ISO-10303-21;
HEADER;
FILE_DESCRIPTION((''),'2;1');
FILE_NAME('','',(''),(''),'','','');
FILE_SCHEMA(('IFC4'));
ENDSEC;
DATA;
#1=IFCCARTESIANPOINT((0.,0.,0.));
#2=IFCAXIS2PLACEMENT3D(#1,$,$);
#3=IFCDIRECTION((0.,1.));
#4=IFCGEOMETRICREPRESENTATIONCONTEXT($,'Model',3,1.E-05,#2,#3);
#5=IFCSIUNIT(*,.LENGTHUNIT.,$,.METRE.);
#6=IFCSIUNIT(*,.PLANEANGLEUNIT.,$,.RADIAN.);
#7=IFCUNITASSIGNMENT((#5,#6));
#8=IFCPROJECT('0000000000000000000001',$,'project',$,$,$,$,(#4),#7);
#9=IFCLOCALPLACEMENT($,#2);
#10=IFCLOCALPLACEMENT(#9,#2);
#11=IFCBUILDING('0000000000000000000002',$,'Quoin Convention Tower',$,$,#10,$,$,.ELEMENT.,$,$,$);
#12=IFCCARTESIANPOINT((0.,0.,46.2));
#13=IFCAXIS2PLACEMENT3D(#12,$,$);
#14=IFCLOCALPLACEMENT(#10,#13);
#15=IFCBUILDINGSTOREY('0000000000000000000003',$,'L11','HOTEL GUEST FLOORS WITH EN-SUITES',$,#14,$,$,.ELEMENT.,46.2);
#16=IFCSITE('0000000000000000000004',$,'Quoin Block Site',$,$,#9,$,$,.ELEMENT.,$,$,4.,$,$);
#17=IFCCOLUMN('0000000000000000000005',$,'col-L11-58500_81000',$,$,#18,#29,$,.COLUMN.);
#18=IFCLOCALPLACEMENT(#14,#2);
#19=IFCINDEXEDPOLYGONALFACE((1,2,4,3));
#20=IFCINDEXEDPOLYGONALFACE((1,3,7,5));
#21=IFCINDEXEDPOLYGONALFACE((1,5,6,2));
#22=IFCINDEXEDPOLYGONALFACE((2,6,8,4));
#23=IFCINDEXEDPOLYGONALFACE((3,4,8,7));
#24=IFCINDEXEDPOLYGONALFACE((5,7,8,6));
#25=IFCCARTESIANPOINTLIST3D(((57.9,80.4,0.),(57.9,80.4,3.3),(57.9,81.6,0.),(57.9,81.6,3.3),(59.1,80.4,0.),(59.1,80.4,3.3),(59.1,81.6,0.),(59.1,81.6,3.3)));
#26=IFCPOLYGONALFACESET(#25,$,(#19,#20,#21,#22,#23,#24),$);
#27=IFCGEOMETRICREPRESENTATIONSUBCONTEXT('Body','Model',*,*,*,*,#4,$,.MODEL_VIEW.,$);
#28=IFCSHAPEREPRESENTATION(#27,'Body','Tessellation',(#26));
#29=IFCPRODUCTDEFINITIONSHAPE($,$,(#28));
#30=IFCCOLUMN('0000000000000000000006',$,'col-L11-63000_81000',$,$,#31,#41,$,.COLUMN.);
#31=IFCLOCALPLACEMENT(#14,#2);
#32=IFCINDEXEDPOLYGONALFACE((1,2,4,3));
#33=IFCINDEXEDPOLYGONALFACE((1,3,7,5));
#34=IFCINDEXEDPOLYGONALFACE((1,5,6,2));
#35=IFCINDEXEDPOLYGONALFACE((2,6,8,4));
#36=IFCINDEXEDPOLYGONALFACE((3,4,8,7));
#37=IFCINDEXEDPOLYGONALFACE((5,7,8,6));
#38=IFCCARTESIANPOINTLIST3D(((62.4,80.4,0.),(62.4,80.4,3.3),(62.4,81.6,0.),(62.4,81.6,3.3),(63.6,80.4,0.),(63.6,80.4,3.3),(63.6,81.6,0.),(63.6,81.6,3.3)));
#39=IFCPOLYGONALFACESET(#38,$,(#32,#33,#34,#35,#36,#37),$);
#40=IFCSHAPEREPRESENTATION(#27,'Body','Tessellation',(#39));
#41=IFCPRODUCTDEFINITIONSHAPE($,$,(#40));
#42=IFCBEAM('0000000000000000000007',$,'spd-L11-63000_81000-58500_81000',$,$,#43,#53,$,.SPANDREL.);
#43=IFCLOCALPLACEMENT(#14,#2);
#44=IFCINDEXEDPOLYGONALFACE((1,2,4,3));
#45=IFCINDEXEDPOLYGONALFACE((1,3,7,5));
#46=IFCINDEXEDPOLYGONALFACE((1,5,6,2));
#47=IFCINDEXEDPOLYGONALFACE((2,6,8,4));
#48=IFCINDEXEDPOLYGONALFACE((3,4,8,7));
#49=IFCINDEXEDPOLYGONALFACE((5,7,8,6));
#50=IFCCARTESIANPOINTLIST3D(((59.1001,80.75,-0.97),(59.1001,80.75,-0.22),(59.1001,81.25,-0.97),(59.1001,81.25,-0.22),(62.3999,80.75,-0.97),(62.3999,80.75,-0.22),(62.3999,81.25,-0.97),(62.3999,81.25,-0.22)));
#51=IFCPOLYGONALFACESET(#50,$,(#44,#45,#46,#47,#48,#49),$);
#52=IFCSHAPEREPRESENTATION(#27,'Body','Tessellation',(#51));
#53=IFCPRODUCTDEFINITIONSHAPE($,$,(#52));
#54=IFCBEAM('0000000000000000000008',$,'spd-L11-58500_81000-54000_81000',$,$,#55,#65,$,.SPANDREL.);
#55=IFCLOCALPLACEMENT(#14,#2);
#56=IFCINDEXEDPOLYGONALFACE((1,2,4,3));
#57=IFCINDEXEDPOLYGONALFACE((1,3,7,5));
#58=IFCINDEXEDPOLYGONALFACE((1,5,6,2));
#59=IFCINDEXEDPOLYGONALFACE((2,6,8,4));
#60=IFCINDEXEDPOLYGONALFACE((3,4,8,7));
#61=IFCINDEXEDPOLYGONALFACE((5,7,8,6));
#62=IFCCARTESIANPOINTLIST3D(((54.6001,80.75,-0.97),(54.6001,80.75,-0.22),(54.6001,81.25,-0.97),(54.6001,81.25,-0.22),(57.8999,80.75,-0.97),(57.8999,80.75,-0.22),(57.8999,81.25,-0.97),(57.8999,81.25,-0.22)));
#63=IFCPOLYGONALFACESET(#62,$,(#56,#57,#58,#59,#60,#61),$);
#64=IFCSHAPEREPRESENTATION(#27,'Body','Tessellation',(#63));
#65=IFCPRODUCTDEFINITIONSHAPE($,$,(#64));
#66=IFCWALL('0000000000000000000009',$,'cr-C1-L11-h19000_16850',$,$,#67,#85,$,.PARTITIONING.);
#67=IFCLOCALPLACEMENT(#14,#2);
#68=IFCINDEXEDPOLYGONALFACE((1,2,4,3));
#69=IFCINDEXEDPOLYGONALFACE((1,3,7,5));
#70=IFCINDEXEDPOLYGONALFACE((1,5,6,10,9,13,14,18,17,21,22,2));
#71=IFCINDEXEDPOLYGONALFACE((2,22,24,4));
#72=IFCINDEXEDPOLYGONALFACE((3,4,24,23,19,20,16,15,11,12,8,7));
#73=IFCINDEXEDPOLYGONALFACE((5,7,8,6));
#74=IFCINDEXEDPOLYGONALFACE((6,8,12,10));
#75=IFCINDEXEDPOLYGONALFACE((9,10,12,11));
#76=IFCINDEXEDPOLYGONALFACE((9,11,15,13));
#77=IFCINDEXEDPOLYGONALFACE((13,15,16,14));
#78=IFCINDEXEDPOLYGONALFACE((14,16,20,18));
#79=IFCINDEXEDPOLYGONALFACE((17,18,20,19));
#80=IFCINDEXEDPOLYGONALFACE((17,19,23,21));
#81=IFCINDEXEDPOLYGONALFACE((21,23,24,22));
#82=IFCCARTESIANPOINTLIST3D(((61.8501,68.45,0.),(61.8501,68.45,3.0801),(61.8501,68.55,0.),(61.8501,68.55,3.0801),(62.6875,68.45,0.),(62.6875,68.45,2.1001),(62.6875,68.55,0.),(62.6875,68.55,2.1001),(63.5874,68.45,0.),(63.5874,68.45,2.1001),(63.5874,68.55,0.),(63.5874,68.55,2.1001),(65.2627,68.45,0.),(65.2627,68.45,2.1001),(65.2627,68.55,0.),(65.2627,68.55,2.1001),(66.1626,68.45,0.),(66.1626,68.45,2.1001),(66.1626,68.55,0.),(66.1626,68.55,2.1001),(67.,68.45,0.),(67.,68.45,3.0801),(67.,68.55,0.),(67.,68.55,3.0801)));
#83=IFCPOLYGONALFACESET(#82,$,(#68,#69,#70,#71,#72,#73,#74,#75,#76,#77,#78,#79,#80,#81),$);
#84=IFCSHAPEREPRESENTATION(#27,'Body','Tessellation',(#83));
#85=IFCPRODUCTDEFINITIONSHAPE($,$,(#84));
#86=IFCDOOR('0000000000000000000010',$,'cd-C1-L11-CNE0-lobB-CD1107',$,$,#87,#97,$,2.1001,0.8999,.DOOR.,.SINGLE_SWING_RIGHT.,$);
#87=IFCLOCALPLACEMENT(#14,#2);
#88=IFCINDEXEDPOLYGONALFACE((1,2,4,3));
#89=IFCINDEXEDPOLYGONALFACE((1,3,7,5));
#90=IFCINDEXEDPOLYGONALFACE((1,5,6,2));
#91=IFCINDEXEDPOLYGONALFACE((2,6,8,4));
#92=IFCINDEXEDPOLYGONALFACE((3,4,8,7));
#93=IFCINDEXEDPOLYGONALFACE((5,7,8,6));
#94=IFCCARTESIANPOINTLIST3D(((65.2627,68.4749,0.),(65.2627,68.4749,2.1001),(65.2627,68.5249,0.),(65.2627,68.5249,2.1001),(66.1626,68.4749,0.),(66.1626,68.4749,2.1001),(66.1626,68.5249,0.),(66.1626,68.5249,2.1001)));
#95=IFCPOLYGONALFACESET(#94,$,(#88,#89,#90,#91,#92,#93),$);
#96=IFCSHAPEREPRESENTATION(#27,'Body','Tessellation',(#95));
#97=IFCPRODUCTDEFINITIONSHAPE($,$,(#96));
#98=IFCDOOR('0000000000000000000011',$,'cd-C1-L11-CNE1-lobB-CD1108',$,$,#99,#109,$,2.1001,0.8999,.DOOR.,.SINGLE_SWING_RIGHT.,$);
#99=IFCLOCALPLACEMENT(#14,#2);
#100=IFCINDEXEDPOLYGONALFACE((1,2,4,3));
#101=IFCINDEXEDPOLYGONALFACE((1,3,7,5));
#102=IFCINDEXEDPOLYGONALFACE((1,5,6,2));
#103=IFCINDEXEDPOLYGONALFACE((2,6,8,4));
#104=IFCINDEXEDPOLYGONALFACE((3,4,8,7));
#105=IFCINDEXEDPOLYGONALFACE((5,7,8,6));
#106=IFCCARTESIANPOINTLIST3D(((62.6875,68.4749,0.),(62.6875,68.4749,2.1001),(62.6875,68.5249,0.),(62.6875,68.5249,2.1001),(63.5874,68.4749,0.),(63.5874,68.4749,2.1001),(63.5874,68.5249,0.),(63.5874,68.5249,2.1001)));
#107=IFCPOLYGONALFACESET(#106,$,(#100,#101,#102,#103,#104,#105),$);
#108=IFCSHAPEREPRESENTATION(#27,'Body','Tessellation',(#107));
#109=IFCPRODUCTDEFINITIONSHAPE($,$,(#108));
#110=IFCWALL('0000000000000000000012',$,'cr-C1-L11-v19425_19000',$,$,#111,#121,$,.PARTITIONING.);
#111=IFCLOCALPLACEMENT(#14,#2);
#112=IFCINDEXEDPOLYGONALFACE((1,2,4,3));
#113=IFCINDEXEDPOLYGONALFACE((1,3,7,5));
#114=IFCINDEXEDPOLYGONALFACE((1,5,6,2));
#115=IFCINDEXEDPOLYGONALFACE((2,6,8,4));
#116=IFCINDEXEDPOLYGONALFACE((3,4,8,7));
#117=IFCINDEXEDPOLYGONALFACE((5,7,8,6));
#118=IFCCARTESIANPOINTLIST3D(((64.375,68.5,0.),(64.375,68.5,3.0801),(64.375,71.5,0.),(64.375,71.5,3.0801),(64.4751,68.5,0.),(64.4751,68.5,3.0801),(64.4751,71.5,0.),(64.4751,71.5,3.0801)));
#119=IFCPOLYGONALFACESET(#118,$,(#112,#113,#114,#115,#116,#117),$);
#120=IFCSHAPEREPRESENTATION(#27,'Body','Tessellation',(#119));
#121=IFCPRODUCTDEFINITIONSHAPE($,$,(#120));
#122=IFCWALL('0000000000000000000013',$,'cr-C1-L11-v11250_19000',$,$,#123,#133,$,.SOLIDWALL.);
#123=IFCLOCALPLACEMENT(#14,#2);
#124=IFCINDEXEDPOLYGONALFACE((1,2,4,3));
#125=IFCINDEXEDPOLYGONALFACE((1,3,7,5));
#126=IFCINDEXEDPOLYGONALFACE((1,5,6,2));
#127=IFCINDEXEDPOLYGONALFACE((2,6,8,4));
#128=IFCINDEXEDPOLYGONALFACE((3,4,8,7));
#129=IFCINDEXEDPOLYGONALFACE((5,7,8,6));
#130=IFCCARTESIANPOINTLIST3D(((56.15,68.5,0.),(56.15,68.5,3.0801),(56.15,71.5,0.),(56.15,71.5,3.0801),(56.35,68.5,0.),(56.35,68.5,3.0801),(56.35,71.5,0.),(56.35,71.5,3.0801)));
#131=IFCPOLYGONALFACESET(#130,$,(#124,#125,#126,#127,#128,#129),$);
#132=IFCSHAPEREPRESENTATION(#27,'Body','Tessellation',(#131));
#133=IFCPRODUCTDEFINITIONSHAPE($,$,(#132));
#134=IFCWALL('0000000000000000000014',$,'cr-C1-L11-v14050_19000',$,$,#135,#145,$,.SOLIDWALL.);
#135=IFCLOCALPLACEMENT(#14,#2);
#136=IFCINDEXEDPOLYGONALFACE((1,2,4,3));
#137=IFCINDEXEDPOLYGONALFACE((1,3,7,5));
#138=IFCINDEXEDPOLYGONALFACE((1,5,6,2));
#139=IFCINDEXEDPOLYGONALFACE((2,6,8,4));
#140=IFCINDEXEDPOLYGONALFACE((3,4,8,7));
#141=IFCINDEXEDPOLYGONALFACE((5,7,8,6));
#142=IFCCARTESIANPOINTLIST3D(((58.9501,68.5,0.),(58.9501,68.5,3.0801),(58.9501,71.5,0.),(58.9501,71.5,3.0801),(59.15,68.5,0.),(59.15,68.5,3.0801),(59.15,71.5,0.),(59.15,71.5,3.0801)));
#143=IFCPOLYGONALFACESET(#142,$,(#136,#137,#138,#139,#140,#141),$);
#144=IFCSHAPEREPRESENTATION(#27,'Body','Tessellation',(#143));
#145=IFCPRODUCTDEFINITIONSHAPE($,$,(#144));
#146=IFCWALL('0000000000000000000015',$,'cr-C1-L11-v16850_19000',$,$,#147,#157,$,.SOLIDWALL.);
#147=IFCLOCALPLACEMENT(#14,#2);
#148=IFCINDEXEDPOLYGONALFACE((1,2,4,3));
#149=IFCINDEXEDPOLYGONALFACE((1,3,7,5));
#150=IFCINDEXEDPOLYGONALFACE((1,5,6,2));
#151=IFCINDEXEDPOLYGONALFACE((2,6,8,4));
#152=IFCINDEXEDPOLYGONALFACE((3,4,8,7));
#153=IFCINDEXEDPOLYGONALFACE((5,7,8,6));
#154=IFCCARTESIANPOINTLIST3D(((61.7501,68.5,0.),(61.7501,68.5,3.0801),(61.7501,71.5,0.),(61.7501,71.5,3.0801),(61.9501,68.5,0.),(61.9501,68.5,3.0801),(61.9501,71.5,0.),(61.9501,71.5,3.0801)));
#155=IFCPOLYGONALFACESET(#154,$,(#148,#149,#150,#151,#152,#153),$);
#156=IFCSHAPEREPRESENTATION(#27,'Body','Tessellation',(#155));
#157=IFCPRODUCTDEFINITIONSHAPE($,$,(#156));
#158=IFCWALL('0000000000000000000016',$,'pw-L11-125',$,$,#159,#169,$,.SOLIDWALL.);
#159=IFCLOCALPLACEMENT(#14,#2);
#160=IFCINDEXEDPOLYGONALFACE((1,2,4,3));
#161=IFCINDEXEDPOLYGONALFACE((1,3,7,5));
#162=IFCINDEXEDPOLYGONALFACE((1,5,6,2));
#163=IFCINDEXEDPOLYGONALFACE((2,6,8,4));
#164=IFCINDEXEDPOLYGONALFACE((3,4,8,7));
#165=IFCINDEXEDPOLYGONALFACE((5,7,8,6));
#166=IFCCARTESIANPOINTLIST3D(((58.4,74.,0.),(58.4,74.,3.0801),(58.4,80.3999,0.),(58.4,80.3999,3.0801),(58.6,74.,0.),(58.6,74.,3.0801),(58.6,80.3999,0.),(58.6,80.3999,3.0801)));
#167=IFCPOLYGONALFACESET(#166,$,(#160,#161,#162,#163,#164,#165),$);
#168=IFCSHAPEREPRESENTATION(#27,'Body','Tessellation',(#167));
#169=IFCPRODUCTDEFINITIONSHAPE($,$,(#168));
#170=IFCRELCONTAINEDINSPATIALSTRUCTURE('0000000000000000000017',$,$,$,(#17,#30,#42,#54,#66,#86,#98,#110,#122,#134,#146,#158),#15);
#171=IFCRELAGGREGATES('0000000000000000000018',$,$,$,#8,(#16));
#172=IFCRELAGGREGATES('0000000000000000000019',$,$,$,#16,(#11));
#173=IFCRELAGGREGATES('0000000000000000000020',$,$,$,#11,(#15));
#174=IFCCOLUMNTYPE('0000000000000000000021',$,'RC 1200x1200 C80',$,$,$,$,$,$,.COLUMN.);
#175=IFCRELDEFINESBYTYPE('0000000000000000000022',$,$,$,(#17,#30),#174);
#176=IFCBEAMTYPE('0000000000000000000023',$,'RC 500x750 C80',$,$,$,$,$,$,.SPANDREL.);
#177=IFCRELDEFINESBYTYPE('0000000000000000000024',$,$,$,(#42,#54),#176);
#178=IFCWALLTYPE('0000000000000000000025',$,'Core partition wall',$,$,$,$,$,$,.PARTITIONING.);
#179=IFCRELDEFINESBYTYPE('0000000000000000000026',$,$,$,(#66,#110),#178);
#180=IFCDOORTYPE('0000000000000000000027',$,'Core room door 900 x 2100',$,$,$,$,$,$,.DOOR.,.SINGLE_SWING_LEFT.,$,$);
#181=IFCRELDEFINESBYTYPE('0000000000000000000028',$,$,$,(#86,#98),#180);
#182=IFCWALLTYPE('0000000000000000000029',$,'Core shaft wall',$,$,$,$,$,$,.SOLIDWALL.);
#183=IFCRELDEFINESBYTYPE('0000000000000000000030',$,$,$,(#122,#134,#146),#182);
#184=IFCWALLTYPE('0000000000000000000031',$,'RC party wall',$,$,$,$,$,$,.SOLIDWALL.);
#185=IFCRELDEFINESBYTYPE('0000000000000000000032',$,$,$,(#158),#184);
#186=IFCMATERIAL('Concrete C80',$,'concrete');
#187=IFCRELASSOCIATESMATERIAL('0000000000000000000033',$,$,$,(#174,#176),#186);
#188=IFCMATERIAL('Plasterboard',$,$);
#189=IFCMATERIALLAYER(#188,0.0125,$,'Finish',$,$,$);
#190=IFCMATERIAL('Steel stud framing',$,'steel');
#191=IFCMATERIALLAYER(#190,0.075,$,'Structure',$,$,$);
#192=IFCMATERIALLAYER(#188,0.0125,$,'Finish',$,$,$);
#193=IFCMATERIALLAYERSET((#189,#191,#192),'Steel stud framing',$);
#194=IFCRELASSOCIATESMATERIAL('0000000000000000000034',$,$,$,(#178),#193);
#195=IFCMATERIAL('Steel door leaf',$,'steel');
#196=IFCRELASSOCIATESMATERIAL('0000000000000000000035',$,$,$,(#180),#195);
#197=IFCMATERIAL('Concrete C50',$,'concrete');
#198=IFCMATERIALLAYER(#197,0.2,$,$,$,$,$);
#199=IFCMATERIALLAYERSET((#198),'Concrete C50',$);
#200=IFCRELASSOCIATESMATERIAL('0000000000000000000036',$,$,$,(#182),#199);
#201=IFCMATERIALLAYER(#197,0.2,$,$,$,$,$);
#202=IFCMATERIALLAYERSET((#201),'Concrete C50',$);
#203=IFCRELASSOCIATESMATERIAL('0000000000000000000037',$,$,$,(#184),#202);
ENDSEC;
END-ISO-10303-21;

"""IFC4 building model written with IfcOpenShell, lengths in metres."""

from ifc_helpers import new_model, si_unit, direction, frame, frame_2d, origin, origin_2d, place, context, subcontext, project, spatial, rectangle, extrude, material, layer, layer_set, material_profile, profile_set, type_object, element, fill, save


model = new_model("IFC4")

# Units and contexts
model_context = context("Model", 3, precision=1e-05, world=origin(), true_north=direction((0.0, 1.0)))
body_context = subcontext(model_context, "Body", "Model", "MODEL_VIEW")
ifc_project = project(units=[si_unit("LENGTHUNIT", "METRE"), si_unit("PLANEANGLEUNIT", "RADIAN")], contexts=[model_context])

# Site, building, storey
site_placement = place(None, origin())
site = spatial("IfcSite", under=ifc_project, at=site_placement, Name="Quoin Block Site", CompositionType="ELEMENT", RefElevation=4.0)
building_placement = place(site_placement, origin())
building = spatial("IfcBuilding", under=site, at=building_placement, Name="Quoin Convention Tower", CompositionType="ELEMENT")
storey_placement = place(building_placement, frame((0.0, 0.0, 46.2)))
storey = spatial("IfcBuildingStorey", under=building, at=storey_placement, Name="L11", Description="HOTEL GUEST FLOORS WITH EN-SUITES", CompositionType="ELEMENT", Elevation=46.2)

# Columns
ifc_material_1 = material(Name="Concrete C80", Category="concrete")
ifc_material_profile_1 = material_profile(ifc_material_1, rectangle(XDim=1.2, YDim=1.2, at=origin_2d()), Name="RC 1200x1200")
ifc_profile_set_1 = profile_set([ifc_material_profile_1], Name="Concrete C80")
column_type = type_object("IfcColumnType", Name="RC 1200x1200 C80", PredefinedType="COLUMN", material=ifc_profile_set_1)
for number, where, z_axis, x_axis, name in (
    (1, (58.5, 81.0, 0.0), (0.0, 0.0, 1.0), (1.0, 0.0, 0.0), "col-L11-58500_81000"),
    (2, (63.0, 81.0, 0.0), (0.0, 0.0, 1.0), (1.0, 0.0, 0.0), "col-L11-63000_81000"),
):
    element("IfcColumn", number, at=place(storey_placement, frame(where, z_axis=z_axis, x_axis=x_axis)), inside=storey, type_object=column_type, Name=name, PredefinedType="COLUMN", context=body_context, shape_type="SweptSolid", body=[
        extrude(rectangle(XDim=1.2, YDim=1.2, at=origin_2d()), origin(), (0.0, 0.0, 1.0), 3.3),
    ])

# Beams
ifc_material_profile_2 = material_profile(ifc_material_1, rectangle(XDim=0.5, YDim=0.75, at=origin_2d()), Name="RC 500x750")
ifc_profile_set_2 = profile_set([ifc_material_profile_2], Name="Concrete C80")
beam_type = type_object("IfcBeamType", Name="RC 500x750 C80", PredefinedType="SPANDREL", material=ifc_profile_set_2)
for number, where, z_axis, x_axis, name in (
    (3, (62.3999, 81.0, -0.595), (-1.0, 0.0, 0.0), (0.0, -1.0, 0.0), "spd-L11-63000_81000-58500_81000"),
    (4, (57.8999, 81.0, -0.595), (-1.0, 0.0, 0.0), (0.0, -1.0, 0.0), "spd-L11-58500_81000-54000_81000"),
):
    element("IfcBeam", number, at=place(storey_placement, frame(where, z_axis=z_axis, x_axis=x_axis)), inside=storey, type_object=beam_type, Name=name, PredefinedType="SPANDREL", context=body_context, shape_type="SweptSolid", body=[
        extrude(rectangle(XDim=0.5, YDim=0.75, at=origin_2d()), origin(), (0.0, 0.0, 1.0), 3.2998),
    ])

# Wall, openings, doors
ifc_material_2 = material(Name="Plasterboard")
ifc_layer_1 = layer(ifc_material_2, 0.0125, Name="Finish")
ifc_material_3 = material(Name="Steel stud framing", Category="steel")
ifc_layer_2 = layer(ifc_material_3, 0.075, Name="Structure")
ifc_layer_3 = layer(ifc_material_2, 0.0125, Name="Finish")
ifc_layer_set_1 = layer_set([ifc_layer_1, ifc_layer_2, ifc_layer_3], Name="Steel stud framing")
wall_type_1 = type_object("IfcWallType", Name="Core partition wall", PredefinedType="PARTITIONING", material=ifc_layer_set_1)
wall_1_placement = place(storey_placement, frame((61.8501, 68.5, 0.0), z_axis=(0.0, 0.0, 1.0), x_axis=(1.0, 0.0, 0.0)))
wall_1 = element("IfcWall", 5, at=wall_1_placement, inside=storey, type_object=wall_type_1, Name="cr-C1-L11-h19000_16850", PredefinedType="PARTITIONING", context=body_context, shape_type="SweptSolid", body=[
    extrude(rectangle(XDim=5.1499, YDim=0.1001, at=frame_2d((2.575, 0.0))), origin(), (0.0, 0.0, 1.0), 3.0801),
])
opening_1_placement = place(wall_1_placement, frame((3.4126, 0.0, 0.0)))
opening_1 = element("IfcOpeningElement", 6, at=opening_1_placement, cuts=wall_1, PredefinedType="OPENING", context=body_context, shape_type="SweptSolid", body=[
    extrude(rectangle(XDim=0.8999, YDim=2.1001, at=frame_2d((0.45, 1.05))), frame((0.0, 0.0601, 0.0), z_axis=(0.0, -1.0, 0.0), x_axis=(1.0, 0.0, 0.0)), (0.0, 0.0, 1.0), 0.1201),
])
opening_2_placement = place(wall_1_placement, frame((0.8374, 0.0, 0.0)))
opening_2 = element("IfcOpeningElement", 7, at=opening_2_placement, cuts=wall_1, PredefinedType="OPENING", context=body_context, shape_type="SweptSolid", body=[
    extrude(rectangle(XDim=0.8999, YDim=2.1001, at=frame_2d((0.45, 1.05))), frame((0.0, 0.0601, 0.0), z_axis=(0.0, -1.0, 0.0), x_axis=(1.0, 0.0, 0.0)), (0.0, 0.0, 1.0), 0.1201),
])
ifc_material_4 = material(Name="Steel door leaf", Category="steel")
door_type_1 = type_object("IfcDoorType", Name="Core room door 900 x 2100", OperationType="SINGLE_SWING_LEFT", PredefinedType="DOOR", material=ifc_material_4)
door_1_placement = place(opening_1_placement, origin())
door_1 = element("IfcDoor", 8, at=door_1_placement, inside=storey, type_object=door_type_1, Name="cd-C1-L11-CNE0-lobB-CD1107", OperationType="SINGLE_SWING_RIGHT", OverallHeight=2.1001, OverallWidth=0.8999, PredefinedType="DOOR", context=body_context, shape_type="SweptSolid", body=[
    extrude(rectangle(XDim=0.8999, YDim=2.1001, at=frame_2d((0.45, 1.05))), frame((0.0, 0.0249, 0.0), z_axis=(0.0, -1.0, 0.0), x_axis=(1.0, 0.0, 0.0)), (0.0, 0.0, 1.0), 0.05),
])
fill(opening_1, door_1)
door_2_placement = place(opening_2_placement, origin())
door_2 = element("IfcDoor", 9, at=door_2_placement, inside=storey, type_object=door_type_1, Name="cd-C1-L11-CNE1-lobB-CD1108", OperationType="SINGLE_SWING_RIGHT", OverallHeight=2.1001, OverallWidth=0.8999, PredefinedType="DOOR", context=body_context, shape_type="SweptSolid", body=[
    extrude(rectangle(XDim=0.8999, YDim=2.1001, at=frame_2d((0.45, 1.05))), frame((0.0, 0.0249, 0.0), z_axis=(0.0, -1.0, 0.0), x_axis=(1.0, 0.0, 0.0)), (0.0, 0.0, 1.0), 0.05),
])
fill(opening_2, door_2)

# Walls
wall_2_placement = place(storey_placement, frame((64.425, 68.5, 0.0), z_axis=(0.0, 0.0, 1.0), x_axis=(0.0, 1.0, 0.0)))
element("IfcWall", 10, at=wall_2_placement, inside=storey, type_object=wall_type_1, Name="cr-C1-L11-v19425_19000", PredefinedType="PARTITIONING", context=body_context, shape_type="SweptSolid", body=[
    extrude(rectangle(XDim=3.0, YDim=0.1001, at=frame_2d((1.5, 0.0))), origin(), (0.0, 0.0, 1.0), 3.0801),
])
ifc_material_5 = material(Name="Concrete C50", Category="concrete")
ifc_layer_4 = layer(ifc_material_5, 0.2)
ifc_layer_set_2 = layer_set([ifc_layer_4], Name="Concrete C50")
wall_type_2 = type_object("IfcWallType", Name="Core shaft wall", PredefinedType="SOLIDWALL", material=ifc_layer_set_2)
for number, where, z_axis, x_axis, name in (
    (11, (56.25, 68.5, 0.0), (0.0, 0.0, 1.0), (0.0, 1.0, 0.0), "cr-C1-L11-v11250_19000"),
    (12, (59.05, 68.5, 0.0), (0.0, 0.0, 1.0), (0.0, 1.0, 0.0), "cr-C1-L11-v14050_19000"),
    (13, (61.8501, 68.5, 0.0), (0.0, 0.0, 1.0), (0.0, 1.0, 0.0), "cr-C1-L11-v16850_19000"),
):
    element("IfcWall", number, at=place(storey_placement, frame(where, z_axis=z_axis, x_axis=x_axis)), inside=storey, type_object=wall_type_2, Name=name, PredefinedType="SOLIDWALL", context=body_context, shape_type="SweptSolid", body=[
        extrude(rectangle(XDim=3.0, YDim=0.2, at=frame_2d((1.5, 0.0))), origin(), (0.0, 0.0, 1.0), 3.0801),
    ])
ifc_layer_5 = layer(ifc_material_5, 0.2)
ifc_layer_set_3 = layer_set([ifc_layer_5], Name="Concrete C50")
wall_type_3 = type_object("IfcWallType", Name="RC party wall", PredefinedType="SOLIDWALL", material=ifc_layer_set_3)
wall_3_placement = place(storey_placement, frame((58.5, 74.0, 0.0), z_axis=(0.0, 0.0, 1.0), x_axis=(0.0, 1.0, 0.0)))
element("IfcWall", 14, at=wall_3_placement, inside=storey, type_object=wall_type_3, Name="pw-L11-125", PredefinedType="SOLIDWALL", context=body_context, shape_type="SweptSolid", body=[
    extrude(rectangle(XDim=6.3999, YDim=0.2, at=frame_2d((3.2, 0.0))), origin(), (0.0, 0.0, 1.0), 3.0801),
])

save(model, "model.ifc")
